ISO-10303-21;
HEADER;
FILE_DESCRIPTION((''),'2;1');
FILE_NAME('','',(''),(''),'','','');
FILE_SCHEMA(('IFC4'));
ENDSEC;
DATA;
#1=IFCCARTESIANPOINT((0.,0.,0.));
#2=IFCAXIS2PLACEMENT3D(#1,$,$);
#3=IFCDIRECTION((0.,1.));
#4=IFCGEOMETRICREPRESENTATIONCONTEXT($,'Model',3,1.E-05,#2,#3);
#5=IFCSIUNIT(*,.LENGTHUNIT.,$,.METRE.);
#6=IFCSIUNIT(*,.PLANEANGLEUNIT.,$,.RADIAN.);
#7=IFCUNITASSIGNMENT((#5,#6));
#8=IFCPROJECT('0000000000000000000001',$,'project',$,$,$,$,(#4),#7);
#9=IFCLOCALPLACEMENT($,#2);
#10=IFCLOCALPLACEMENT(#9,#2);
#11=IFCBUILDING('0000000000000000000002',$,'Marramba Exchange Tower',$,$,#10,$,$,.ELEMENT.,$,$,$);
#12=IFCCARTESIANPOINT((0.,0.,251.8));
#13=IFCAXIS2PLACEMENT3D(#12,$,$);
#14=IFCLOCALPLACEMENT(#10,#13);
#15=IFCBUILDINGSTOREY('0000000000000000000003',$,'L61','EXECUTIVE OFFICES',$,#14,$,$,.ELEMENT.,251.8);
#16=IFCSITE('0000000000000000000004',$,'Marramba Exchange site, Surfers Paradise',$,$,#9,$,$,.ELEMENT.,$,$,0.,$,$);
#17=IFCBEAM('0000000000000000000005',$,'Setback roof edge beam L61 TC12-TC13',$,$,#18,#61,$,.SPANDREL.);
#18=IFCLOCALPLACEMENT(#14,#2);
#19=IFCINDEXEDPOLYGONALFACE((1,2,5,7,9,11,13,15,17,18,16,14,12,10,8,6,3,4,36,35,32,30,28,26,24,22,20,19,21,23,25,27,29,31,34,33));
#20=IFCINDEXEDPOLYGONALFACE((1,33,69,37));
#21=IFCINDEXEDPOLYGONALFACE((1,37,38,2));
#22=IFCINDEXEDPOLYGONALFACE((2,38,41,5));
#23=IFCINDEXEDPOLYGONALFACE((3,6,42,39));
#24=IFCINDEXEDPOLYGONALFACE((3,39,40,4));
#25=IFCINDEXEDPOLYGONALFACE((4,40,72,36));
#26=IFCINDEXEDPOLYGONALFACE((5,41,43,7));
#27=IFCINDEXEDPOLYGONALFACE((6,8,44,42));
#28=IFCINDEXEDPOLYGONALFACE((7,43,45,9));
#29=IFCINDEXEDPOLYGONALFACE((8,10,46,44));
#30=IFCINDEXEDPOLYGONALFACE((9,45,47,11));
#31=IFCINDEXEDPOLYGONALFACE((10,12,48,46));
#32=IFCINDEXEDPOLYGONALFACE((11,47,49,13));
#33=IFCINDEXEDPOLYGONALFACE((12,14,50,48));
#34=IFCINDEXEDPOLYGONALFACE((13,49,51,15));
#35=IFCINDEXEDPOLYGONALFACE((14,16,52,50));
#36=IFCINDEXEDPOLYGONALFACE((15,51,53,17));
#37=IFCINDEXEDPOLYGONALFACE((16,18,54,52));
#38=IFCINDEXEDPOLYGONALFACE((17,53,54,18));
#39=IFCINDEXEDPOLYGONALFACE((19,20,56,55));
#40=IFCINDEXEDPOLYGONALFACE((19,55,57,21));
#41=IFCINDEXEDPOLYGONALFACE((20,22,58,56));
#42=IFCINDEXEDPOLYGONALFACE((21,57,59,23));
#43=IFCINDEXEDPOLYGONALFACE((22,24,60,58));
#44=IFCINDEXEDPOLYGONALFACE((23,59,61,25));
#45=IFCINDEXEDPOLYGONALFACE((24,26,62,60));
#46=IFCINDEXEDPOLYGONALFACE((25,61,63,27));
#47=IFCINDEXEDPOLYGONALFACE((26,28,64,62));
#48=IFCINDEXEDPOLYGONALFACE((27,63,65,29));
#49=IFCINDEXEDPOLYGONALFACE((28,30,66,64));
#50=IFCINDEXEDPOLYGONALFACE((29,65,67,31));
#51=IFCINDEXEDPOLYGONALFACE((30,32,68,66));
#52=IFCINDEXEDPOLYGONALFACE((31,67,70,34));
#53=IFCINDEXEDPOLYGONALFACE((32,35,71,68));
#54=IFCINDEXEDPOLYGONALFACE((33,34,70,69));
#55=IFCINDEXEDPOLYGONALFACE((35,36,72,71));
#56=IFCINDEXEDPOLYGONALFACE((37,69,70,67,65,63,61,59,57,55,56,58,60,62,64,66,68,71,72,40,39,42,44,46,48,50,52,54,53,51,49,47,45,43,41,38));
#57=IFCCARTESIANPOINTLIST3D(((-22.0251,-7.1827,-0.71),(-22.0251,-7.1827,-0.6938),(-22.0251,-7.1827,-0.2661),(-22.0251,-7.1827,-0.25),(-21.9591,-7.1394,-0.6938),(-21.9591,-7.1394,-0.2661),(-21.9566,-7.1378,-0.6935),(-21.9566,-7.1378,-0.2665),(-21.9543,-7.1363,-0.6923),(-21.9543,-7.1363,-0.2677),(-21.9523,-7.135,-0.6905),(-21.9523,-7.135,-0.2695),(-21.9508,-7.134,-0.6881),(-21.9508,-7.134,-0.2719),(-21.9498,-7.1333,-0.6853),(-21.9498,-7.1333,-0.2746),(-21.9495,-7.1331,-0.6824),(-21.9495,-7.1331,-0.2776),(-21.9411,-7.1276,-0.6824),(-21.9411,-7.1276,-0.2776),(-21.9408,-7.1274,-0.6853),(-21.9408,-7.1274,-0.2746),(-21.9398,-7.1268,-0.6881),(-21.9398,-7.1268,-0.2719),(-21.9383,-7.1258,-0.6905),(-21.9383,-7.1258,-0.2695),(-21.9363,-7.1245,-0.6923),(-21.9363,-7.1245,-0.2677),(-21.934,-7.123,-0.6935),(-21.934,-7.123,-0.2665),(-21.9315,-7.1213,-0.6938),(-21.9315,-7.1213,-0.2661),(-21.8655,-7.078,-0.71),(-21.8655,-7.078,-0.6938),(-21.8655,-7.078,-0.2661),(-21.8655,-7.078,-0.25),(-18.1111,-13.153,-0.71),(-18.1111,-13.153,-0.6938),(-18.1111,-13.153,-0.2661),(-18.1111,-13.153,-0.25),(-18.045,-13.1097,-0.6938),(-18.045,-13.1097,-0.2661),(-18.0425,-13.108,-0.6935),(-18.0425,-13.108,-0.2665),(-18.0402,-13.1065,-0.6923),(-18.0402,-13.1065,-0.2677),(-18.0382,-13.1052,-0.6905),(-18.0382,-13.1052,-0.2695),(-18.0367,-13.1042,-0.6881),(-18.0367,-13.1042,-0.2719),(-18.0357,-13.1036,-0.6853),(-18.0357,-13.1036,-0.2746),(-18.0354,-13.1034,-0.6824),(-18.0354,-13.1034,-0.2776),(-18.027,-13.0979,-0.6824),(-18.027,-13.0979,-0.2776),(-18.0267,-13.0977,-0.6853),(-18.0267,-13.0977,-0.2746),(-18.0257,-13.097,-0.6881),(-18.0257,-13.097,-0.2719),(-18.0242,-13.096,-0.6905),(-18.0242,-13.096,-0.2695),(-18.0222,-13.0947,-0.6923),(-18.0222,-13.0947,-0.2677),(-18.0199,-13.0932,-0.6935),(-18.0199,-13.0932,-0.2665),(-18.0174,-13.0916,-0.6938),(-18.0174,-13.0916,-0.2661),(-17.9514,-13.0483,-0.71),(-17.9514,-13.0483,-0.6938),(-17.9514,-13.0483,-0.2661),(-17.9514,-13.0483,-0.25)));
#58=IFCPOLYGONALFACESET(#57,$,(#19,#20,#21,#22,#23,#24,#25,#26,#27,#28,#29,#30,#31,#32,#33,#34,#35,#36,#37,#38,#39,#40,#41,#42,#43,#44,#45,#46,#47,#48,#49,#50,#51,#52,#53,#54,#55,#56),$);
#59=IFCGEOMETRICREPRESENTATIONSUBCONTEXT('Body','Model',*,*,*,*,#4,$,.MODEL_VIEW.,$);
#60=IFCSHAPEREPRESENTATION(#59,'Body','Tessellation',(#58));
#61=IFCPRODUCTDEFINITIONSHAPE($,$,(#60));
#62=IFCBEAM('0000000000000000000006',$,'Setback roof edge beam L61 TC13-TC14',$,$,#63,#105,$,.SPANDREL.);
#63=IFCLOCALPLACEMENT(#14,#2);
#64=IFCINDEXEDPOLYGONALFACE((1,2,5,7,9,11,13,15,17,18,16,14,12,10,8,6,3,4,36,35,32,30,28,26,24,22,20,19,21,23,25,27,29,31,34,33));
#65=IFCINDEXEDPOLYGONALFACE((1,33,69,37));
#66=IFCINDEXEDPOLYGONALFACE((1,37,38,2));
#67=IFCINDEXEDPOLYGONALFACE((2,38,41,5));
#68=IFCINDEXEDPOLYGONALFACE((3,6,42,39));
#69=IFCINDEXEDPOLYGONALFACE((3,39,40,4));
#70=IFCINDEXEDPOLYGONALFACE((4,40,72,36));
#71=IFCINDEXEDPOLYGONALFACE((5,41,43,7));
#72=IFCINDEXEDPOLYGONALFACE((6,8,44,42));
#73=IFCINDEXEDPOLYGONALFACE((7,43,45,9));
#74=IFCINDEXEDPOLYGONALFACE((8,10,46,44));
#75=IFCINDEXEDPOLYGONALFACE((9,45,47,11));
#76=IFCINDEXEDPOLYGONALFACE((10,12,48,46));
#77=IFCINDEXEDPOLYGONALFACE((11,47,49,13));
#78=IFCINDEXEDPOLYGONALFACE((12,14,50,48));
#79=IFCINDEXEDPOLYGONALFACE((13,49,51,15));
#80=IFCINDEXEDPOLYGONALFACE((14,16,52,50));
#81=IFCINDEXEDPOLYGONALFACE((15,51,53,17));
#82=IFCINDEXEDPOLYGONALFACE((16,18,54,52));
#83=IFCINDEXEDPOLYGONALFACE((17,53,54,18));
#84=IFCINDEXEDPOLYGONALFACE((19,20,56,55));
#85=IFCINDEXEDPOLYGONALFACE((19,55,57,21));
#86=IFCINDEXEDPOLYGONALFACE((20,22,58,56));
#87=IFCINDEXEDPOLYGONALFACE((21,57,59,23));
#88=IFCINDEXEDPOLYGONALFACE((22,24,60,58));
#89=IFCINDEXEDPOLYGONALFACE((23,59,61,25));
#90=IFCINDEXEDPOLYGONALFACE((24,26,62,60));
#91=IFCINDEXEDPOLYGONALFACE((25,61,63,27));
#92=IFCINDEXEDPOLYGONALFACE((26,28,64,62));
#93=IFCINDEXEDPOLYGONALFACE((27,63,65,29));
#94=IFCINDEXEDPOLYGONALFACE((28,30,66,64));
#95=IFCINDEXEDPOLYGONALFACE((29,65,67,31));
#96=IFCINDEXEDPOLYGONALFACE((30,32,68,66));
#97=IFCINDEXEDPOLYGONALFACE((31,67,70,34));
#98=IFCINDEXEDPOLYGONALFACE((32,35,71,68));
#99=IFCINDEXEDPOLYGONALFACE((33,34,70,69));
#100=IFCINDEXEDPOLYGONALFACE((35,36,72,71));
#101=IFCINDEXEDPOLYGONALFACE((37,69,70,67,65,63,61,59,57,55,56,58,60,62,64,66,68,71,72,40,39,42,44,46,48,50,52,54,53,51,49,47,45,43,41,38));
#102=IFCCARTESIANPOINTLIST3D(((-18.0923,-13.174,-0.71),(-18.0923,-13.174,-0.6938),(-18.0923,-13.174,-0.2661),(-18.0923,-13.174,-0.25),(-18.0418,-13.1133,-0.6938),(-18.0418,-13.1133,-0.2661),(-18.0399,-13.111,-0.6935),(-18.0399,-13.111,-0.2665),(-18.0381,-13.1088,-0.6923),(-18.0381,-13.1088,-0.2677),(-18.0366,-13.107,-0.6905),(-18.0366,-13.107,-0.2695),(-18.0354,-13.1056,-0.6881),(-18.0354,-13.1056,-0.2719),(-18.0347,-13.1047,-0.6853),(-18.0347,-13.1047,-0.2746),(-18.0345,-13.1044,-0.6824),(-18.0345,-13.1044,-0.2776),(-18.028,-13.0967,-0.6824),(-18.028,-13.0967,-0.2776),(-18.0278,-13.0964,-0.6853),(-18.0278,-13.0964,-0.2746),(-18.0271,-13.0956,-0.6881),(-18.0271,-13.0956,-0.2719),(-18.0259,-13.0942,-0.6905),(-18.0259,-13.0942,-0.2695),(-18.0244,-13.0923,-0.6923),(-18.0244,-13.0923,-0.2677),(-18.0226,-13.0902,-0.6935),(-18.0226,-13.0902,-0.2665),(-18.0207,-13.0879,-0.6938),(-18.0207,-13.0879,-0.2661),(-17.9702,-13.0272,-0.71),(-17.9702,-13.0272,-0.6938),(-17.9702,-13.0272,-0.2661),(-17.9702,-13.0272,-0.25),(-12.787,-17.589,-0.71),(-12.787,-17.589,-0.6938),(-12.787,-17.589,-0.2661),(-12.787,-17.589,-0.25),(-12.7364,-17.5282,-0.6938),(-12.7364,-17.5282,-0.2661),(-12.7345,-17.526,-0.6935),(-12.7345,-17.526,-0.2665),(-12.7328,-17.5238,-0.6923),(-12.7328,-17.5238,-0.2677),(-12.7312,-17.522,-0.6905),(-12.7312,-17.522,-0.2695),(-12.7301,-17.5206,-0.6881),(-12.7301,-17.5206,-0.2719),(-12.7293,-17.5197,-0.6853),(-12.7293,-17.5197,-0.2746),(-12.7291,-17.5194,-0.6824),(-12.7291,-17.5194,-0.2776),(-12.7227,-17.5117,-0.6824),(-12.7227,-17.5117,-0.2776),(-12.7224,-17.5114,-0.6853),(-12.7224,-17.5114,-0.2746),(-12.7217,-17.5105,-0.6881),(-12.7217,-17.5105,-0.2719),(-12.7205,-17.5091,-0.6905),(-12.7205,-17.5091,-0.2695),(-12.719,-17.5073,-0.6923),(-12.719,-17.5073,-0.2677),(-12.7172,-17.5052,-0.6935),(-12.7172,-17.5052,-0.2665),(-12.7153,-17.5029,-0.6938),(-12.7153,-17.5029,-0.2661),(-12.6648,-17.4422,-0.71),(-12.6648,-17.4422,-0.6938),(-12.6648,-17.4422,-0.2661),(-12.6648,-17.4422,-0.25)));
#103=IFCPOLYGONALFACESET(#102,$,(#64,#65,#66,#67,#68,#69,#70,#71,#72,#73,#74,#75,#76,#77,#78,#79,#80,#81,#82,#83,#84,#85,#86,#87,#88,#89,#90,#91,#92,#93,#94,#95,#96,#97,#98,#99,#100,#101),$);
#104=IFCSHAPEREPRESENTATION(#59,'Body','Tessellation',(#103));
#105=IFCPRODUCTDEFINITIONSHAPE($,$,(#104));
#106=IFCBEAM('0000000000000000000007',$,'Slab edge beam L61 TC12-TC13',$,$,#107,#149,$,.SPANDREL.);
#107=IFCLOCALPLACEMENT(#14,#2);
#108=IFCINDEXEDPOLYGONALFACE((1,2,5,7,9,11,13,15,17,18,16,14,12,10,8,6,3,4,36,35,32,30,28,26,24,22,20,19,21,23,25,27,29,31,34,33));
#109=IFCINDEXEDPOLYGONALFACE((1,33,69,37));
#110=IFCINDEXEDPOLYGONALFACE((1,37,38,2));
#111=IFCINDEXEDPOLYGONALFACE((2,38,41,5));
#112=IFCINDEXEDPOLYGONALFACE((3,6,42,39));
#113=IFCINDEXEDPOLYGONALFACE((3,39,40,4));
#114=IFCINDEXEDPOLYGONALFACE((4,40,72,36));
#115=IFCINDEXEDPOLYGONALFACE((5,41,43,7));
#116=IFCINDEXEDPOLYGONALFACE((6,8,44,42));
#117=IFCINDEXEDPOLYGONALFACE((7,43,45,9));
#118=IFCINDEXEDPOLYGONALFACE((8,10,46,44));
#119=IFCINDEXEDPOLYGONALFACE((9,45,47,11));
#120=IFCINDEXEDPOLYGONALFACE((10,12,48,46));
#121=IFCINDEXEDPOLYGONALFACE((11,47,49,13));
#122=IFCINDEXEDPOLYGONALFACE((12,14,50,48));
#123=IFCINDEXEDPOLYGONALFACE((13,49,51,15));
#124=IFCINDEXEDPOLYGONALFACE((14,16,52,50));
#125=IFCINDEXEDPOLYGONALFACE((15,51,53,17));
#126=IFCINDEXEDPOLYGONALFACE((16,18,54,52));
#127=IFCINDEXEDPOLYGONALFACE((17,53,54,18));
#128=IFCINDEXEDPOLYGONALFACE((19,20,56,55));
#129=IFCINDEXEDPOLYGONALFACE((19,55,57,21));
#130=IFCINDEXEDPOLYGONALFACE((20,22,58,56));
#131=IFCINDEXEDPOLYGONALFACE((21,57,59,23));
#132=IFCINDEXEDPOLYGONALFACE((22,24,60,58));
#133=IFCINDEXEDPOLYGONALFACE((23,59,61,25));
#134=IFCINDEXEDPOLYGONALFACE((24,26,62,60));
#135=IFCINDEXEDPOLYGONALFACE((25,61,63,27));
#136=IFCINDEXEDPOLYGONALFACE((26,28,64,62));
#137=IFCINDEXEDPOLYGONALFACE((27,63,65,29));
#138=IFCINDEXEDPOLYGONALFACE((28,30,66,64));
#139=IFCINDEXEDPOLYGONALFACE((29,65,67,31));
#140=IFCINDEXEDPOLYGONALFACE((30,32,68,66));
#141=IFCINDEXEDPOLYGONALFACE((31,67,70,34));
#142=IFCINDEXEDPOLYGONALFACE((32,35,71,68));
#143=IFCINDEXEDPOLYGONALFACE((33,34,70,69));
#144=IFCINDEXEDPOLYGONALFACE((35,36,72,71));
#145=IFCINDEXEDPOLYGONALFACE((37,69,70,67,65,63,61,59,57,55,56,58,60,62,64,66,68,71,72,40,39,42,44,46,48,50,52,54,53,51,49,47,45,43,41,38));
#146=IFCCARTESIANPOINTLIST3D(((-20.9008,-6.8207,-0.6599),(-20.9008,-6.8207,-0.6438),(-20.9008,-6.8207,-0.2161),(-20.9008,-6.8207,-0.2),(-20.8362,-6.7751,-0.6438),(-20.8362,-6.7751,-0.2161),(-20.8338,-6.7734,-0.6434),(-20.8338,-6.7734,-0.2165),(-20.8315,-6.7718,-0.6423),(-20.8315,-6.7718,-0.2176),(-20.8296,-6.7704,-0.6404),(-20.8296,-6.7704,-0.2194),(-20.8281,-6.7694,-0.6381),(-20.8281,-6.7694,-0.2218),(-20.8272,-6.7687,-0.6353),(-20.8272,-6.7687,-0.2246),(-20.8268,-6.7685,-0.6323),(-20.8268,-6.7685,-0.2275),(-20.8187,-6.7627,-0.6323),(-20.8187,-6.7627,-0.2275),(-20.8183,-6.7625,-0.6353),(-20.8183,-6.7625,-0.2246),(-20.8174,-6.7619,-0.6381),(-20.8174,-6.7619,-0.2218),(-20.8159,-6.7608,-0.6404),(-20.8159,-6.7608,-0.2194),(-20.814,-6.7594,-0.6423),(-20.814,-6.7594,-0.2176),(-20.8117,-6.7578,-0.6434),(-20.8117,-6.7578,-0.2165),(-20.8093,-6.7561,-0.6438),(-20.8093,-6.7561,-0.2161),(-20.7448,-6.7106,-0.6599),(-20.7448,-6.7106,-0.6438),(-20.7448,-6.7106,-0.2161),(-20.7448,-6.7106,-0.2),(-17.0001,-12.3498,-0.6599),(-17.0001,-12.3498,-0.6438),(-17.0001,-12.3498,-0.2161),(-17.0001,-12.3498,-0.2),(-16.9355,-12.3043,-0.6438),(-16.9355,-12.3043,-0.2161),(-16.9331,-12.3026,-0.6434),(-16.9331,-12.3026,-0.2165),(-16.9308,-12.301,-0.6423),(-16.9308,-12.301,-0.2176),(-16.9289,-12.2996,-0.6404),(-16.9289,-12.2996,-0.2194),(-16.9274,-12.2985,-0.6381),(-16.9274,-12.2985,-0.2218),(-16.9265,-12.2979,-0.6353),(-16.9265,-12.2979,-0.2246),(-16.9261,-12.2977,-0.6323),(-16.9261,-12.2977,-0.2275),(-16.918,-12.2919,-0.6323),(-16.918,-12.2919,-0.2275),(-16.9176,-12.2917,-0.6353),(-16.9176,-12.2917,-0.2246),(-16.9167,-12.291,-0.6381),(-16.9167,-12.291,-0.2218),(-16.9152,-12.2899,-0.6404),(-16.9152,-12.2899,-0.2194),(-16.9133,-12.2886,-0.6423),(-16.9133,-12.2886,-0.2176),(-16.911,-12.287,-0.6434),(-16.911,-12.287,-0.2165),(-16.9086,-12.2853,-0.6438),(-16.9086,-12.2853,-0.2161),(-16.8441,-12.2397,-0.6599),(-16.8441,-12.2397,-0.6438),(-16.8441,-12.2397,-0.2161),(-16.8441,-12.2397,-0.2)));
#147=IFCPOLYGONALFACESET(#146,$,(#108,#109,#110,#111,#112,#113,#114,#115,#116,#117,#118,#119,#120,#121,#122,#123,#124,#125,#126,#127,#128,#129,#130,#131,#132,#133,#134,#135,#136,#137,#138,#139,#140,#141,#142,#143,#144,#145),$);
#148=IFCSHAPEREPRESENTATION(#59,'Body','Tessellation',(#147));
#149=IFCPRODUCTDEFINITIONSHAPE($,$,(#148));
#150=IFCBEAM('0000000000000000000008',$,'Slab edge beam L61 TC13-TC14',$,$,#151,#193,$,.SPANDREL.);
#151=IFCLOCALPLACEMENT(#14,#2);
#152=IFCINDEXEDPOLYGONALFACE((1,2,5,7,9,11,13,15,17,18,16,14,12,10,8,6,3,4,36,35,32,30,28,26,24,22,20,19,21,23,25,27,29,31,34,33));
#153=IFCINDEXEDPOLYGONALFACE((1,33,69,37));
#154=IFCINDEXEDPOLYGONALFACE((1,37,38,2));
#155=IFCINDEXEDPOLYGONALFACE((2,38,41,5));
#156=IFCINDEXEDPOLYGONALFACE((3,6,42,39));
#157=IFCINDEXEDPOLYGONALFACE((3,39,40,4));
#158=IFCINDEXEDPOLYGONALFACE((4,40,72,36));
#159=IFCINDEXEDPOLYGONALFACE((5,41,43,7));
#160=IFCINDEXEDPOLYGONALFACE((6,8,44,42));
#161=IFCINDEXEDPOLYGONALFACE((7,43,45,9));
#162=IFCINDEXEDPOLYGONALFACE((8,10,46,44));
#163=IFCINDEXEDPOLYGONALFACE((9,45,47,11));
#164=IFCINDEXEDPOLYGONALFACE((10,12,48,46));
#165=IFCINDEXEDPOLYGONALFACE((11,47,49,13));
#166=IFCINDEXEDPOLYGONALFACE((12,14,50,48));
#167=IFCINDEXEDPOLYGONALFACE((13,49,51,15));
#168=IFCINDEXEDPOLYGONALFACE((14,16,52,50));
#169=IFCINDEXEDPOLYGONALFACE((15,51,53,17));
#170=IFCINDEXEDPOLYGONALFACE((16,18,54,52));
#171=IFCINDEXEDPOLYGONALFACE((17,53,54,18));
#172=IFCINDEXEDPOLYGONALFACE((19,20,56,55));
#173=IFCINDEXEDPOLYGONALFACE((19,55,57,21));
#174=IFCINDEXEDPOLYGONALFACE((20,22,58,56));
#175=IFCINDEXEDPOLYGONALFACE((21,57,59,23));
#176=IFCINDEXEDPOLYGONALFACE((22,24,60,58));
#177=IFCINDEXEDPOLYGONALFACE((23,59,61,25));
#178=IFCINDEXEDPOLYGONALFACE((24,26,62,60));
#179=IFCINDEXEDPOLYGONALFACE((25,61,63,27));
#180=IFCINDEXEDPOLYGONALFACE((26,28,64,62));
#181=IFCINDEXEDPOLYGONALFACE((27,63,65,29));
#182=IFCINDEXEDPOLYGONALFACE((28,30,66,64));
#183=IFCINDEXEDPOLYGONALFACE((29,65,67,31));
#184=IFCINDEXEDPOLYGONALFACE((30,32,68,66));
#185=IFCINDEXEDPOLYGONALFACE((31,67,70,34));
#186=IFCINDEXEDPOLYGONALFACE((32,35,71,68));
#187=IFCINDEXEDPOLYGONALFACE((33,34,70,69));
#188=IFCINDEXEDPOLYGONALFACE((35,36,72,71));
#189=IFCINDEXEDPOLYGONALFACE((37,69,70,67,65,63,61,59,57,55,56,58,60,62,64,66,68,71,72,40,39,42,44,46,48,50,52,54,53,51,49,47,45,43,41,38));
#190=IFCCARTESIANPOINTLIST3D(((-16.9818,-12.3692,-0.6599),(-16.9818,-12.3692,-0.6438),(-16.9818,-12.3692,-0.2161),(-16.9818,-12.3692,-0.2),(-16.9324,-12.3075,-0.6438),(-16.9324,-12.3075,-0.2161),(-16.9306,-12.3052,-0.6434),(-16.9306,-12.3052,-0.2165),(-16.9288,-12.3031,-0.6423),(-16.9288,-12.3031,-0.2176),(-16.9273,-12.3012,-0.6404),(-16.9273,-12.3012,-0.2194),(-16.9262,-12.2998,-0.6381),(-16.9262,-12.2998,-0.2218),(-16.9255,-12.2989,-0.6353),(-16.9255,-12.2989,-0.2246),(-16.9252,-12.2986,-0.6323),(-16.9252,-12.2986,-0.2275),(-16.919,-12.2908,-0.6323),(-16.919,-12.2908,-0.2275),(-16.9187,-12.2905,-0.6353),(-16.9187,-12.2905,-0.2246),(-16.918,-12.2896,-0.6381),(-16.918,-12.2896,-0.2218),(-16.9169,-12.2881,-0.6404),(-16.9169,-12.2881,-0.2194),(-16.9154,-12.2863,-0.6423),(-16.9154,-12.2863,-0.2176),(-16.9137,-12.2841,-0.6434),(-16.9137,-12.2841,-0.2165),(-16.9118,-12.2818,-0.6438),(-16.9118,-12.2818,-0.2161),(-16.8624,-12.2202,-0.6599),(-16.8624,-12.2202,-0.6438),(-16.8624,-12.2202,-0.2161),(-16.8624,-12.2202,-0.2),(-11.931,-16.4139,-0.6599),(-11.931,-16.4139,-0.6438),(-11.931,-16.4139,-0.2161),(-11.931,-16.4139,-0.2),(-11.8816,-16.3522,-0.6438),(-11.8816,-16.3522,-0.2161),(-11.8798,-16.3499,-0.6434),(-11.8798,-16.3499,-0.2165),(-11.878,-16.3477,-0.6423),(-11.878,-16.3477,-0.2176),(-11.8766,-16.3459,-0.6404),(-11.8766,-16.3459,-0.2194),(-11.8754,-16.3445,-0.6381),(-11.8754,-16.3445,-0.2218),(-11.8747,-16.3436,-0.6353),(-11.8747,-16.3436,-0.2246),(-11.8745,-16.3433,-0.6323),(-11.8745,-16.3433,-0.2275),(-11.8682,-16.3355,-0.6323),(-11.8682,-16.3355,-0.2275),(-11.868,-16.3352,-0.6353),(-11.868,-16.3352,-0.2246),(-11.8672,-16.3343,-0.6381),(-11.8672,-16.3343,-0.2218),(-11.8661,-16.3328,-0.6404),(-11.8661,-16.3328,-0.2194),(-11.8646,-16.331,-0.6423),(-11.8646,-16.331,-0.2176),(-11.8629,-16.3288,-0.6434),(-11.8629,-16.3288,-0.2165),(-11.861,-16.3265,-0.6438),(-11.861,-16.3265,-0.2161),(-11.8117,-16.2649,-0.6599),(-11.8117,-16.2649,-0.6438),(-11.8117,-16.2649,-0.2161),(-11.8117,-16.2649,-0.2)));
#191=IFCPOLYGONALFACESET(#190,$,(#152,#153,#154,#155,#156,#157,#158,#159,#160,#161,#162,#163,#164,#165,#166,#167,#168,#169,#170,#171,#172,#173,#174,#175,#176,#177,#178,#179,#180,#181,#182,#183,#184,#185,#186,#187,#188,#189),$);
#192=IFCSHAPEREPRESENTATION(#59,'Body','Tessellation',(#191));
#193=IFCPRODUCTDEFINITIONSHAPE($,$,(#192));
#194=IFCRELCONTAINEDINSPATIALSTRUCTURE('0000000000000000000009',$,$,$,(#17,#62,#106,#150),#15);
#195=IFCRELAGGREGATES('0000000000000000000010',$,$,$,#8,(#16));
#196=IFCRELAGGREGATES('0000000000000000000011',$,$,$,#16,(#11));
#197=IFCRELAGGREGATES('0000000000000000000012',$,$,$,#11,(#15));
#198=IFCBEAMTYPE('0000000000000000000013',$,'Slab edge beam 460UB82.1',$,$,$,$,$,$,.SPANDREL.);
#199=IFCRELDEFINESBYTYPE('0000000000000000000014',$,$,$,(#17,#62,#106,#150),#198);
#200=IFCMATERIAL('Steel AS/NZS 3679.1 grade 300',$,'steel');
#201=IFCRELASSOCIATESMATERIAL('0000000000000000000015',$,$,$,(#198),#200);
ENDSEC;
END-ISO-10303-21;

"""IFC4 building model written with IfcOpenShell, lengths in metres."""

from ifc_helpers import new_model, si_unit, direction, frame, origin, origin_2d, place, context, subcontext, project, spatial, i_section, extrude, material, material_profile, profile_set, type_object, element, save


model = new_model("IFC4")

# Units and contexts
model_context = context("Model", 3, precision=1e-05, world=origin(), true_north=direction((0.0, 1.0)))
body_context = subcontext(model_context, "Body", "Model", "MODEL_VIEW")
ifc_project = project(units=[si_unit("LENGTHUNIT", "METRE"), si_unit("PLANEANGLEUNIT", "RADIAN")], contexts=[model_context])

# Site, building, storey
site_placement = place(None, origin())
site = spatial("IfcSite", under=ifc_project, at=site_placement, Name="Marramba Exchange site, Surfers Paradise", CompositionType="ELEMENT", RefElevation=0.0)
building_placement = place(site_placement, origin())
building = spatial("IfcBuilding", under=site, at=building_placement, Name="Marramba Exchange Tower", CompositionType="ELEMENT")
storey_placement = place(building_placement, frame((0.0, 0.0, 251.8)))
storey = spatial("IfcBuildingStorey", under=building, at=storey_placement, Name="L61", Description="EXECUTIVE OFFICES", CompositionType="ELEMENT", Elevation=251.8)

# Beams
ifc_material_1 = material(Name="Steel AS/NZS 3679.1 grade 300", Category="steel")
ifc_material_profile_1 = material_profile(ifc_material_1, i_section(OverallWidth=0.1909, OverallDepth=0.46, WebThickness=0.01, FlangeThickness=0.0161, FilletRadius=0.0115, at=origin_2d()), Name="460UB82.1")
ifc_profile_set_1 = profile_set([ifc_material_profile_1], Name="Steel AS/NZS 3679.1 grade 300")
beam_type_1 = type_object("IfcBeamType", Name="Slab edge beam 460UB82.1", PredefinedType="SPANDREL", material=ifc_profile_set_1)
beam_1_placement = place(storey_placement, frame((-21.9453, -7.1304, -0.48), z_axis=(0.548275, -0.836298, 0.0), x_axis=(0.836298, 0.548275, 0.0)))
element("IfcBeam", 1, at=beam_1_placement, inside=storey, type_object=beam_type_1, Name="Setback roof edge beam L61 TC12-TC13", PredefinedType="SPANDREL", context=body_context, shape_type="SweptSolid", body=[
    extrude(i_section(OverallWidth=0.1909, OverallDepth=0.46, WebThickness=0.01, FlangeThickness=0.0161, FilletRadius=0.0115, at=origin_2d()), origin(), (0.0, 0.0, 1.0), 7.1389),
])
beam_2_placement = place(storey_placement, frame((-18.0312, -13.1006, -0.48), z_axis=(0.768659, -0.639659, 0.0), x_axis=(0.639659, 0.768659, 0.0)))
element("IfcBeam", 2, at=beam_2_placement, inside=storey, type_object=beam_type_1, Name="Setback roof edge beam L61 TC13-TC14", PredefinedType="SPANDREL", context=body_context, shape_type="SweptSolid", body=[
    extrude(i_section(OverallWidth=0.1909, OverallDepth=0.46, WebThickness=0.01, FlangeThickness=0.0161, FilletRadius=0.0115, at=origin_2d()), origin(), (0.0, 0.0, 1.0), 6.9021),
])
beam_3_placement = place(storey_placement, frame((-20.8228, -6.7656, -0.4299), z_axis=(0.576464, -0.817123, 0.0), x_axis=(0.817123, 0.576464, 0.0)))
element("IfcBeam", 3, at=beam_3_placement, inside=storey, type_object=beam_type_1, Name="Slab edge beam L61 TC12-TC13", PredefinedType="SPANDREL", context=body_context, shape_type="SweptSolid", body=[
    extrude(i_section(OverallWidth=0.1909, OverallDepth=0.46, WebThickness=0.01, FlangeThickness=0.0161, FilletRadius=0.0115, at=origin_2d()), origin(), (0.0, 0.0, 1.0), 6.7666),
])
beam_4_placement = place(storey_placement, frame((-16.9221, -12.2947, -0.4299), z_axis=(0.780563, -0.625077, 0.0), x_axis=(0.625077, 0.780563, 0.0)))
element("IfcBeam", 4, at=beam_4_placement, inside=storey, type_object=beam_type_1, Name="Slab edge beam L61 TC13-TC14", PredefinedType="SPANDREL", context=body_context, shape_type="SweptSolid", body=[
    extrude(i_section(OverallWidth=0.1909, OverallDepth=0.46, WebThickness=0.01, FlangeThickness=0.0161, FilletRadius=0.0115, at=origin_2d()), origin(), (0.0, 0.0, 1.0), 6.4707),
])

save(model, "model.ifc")
